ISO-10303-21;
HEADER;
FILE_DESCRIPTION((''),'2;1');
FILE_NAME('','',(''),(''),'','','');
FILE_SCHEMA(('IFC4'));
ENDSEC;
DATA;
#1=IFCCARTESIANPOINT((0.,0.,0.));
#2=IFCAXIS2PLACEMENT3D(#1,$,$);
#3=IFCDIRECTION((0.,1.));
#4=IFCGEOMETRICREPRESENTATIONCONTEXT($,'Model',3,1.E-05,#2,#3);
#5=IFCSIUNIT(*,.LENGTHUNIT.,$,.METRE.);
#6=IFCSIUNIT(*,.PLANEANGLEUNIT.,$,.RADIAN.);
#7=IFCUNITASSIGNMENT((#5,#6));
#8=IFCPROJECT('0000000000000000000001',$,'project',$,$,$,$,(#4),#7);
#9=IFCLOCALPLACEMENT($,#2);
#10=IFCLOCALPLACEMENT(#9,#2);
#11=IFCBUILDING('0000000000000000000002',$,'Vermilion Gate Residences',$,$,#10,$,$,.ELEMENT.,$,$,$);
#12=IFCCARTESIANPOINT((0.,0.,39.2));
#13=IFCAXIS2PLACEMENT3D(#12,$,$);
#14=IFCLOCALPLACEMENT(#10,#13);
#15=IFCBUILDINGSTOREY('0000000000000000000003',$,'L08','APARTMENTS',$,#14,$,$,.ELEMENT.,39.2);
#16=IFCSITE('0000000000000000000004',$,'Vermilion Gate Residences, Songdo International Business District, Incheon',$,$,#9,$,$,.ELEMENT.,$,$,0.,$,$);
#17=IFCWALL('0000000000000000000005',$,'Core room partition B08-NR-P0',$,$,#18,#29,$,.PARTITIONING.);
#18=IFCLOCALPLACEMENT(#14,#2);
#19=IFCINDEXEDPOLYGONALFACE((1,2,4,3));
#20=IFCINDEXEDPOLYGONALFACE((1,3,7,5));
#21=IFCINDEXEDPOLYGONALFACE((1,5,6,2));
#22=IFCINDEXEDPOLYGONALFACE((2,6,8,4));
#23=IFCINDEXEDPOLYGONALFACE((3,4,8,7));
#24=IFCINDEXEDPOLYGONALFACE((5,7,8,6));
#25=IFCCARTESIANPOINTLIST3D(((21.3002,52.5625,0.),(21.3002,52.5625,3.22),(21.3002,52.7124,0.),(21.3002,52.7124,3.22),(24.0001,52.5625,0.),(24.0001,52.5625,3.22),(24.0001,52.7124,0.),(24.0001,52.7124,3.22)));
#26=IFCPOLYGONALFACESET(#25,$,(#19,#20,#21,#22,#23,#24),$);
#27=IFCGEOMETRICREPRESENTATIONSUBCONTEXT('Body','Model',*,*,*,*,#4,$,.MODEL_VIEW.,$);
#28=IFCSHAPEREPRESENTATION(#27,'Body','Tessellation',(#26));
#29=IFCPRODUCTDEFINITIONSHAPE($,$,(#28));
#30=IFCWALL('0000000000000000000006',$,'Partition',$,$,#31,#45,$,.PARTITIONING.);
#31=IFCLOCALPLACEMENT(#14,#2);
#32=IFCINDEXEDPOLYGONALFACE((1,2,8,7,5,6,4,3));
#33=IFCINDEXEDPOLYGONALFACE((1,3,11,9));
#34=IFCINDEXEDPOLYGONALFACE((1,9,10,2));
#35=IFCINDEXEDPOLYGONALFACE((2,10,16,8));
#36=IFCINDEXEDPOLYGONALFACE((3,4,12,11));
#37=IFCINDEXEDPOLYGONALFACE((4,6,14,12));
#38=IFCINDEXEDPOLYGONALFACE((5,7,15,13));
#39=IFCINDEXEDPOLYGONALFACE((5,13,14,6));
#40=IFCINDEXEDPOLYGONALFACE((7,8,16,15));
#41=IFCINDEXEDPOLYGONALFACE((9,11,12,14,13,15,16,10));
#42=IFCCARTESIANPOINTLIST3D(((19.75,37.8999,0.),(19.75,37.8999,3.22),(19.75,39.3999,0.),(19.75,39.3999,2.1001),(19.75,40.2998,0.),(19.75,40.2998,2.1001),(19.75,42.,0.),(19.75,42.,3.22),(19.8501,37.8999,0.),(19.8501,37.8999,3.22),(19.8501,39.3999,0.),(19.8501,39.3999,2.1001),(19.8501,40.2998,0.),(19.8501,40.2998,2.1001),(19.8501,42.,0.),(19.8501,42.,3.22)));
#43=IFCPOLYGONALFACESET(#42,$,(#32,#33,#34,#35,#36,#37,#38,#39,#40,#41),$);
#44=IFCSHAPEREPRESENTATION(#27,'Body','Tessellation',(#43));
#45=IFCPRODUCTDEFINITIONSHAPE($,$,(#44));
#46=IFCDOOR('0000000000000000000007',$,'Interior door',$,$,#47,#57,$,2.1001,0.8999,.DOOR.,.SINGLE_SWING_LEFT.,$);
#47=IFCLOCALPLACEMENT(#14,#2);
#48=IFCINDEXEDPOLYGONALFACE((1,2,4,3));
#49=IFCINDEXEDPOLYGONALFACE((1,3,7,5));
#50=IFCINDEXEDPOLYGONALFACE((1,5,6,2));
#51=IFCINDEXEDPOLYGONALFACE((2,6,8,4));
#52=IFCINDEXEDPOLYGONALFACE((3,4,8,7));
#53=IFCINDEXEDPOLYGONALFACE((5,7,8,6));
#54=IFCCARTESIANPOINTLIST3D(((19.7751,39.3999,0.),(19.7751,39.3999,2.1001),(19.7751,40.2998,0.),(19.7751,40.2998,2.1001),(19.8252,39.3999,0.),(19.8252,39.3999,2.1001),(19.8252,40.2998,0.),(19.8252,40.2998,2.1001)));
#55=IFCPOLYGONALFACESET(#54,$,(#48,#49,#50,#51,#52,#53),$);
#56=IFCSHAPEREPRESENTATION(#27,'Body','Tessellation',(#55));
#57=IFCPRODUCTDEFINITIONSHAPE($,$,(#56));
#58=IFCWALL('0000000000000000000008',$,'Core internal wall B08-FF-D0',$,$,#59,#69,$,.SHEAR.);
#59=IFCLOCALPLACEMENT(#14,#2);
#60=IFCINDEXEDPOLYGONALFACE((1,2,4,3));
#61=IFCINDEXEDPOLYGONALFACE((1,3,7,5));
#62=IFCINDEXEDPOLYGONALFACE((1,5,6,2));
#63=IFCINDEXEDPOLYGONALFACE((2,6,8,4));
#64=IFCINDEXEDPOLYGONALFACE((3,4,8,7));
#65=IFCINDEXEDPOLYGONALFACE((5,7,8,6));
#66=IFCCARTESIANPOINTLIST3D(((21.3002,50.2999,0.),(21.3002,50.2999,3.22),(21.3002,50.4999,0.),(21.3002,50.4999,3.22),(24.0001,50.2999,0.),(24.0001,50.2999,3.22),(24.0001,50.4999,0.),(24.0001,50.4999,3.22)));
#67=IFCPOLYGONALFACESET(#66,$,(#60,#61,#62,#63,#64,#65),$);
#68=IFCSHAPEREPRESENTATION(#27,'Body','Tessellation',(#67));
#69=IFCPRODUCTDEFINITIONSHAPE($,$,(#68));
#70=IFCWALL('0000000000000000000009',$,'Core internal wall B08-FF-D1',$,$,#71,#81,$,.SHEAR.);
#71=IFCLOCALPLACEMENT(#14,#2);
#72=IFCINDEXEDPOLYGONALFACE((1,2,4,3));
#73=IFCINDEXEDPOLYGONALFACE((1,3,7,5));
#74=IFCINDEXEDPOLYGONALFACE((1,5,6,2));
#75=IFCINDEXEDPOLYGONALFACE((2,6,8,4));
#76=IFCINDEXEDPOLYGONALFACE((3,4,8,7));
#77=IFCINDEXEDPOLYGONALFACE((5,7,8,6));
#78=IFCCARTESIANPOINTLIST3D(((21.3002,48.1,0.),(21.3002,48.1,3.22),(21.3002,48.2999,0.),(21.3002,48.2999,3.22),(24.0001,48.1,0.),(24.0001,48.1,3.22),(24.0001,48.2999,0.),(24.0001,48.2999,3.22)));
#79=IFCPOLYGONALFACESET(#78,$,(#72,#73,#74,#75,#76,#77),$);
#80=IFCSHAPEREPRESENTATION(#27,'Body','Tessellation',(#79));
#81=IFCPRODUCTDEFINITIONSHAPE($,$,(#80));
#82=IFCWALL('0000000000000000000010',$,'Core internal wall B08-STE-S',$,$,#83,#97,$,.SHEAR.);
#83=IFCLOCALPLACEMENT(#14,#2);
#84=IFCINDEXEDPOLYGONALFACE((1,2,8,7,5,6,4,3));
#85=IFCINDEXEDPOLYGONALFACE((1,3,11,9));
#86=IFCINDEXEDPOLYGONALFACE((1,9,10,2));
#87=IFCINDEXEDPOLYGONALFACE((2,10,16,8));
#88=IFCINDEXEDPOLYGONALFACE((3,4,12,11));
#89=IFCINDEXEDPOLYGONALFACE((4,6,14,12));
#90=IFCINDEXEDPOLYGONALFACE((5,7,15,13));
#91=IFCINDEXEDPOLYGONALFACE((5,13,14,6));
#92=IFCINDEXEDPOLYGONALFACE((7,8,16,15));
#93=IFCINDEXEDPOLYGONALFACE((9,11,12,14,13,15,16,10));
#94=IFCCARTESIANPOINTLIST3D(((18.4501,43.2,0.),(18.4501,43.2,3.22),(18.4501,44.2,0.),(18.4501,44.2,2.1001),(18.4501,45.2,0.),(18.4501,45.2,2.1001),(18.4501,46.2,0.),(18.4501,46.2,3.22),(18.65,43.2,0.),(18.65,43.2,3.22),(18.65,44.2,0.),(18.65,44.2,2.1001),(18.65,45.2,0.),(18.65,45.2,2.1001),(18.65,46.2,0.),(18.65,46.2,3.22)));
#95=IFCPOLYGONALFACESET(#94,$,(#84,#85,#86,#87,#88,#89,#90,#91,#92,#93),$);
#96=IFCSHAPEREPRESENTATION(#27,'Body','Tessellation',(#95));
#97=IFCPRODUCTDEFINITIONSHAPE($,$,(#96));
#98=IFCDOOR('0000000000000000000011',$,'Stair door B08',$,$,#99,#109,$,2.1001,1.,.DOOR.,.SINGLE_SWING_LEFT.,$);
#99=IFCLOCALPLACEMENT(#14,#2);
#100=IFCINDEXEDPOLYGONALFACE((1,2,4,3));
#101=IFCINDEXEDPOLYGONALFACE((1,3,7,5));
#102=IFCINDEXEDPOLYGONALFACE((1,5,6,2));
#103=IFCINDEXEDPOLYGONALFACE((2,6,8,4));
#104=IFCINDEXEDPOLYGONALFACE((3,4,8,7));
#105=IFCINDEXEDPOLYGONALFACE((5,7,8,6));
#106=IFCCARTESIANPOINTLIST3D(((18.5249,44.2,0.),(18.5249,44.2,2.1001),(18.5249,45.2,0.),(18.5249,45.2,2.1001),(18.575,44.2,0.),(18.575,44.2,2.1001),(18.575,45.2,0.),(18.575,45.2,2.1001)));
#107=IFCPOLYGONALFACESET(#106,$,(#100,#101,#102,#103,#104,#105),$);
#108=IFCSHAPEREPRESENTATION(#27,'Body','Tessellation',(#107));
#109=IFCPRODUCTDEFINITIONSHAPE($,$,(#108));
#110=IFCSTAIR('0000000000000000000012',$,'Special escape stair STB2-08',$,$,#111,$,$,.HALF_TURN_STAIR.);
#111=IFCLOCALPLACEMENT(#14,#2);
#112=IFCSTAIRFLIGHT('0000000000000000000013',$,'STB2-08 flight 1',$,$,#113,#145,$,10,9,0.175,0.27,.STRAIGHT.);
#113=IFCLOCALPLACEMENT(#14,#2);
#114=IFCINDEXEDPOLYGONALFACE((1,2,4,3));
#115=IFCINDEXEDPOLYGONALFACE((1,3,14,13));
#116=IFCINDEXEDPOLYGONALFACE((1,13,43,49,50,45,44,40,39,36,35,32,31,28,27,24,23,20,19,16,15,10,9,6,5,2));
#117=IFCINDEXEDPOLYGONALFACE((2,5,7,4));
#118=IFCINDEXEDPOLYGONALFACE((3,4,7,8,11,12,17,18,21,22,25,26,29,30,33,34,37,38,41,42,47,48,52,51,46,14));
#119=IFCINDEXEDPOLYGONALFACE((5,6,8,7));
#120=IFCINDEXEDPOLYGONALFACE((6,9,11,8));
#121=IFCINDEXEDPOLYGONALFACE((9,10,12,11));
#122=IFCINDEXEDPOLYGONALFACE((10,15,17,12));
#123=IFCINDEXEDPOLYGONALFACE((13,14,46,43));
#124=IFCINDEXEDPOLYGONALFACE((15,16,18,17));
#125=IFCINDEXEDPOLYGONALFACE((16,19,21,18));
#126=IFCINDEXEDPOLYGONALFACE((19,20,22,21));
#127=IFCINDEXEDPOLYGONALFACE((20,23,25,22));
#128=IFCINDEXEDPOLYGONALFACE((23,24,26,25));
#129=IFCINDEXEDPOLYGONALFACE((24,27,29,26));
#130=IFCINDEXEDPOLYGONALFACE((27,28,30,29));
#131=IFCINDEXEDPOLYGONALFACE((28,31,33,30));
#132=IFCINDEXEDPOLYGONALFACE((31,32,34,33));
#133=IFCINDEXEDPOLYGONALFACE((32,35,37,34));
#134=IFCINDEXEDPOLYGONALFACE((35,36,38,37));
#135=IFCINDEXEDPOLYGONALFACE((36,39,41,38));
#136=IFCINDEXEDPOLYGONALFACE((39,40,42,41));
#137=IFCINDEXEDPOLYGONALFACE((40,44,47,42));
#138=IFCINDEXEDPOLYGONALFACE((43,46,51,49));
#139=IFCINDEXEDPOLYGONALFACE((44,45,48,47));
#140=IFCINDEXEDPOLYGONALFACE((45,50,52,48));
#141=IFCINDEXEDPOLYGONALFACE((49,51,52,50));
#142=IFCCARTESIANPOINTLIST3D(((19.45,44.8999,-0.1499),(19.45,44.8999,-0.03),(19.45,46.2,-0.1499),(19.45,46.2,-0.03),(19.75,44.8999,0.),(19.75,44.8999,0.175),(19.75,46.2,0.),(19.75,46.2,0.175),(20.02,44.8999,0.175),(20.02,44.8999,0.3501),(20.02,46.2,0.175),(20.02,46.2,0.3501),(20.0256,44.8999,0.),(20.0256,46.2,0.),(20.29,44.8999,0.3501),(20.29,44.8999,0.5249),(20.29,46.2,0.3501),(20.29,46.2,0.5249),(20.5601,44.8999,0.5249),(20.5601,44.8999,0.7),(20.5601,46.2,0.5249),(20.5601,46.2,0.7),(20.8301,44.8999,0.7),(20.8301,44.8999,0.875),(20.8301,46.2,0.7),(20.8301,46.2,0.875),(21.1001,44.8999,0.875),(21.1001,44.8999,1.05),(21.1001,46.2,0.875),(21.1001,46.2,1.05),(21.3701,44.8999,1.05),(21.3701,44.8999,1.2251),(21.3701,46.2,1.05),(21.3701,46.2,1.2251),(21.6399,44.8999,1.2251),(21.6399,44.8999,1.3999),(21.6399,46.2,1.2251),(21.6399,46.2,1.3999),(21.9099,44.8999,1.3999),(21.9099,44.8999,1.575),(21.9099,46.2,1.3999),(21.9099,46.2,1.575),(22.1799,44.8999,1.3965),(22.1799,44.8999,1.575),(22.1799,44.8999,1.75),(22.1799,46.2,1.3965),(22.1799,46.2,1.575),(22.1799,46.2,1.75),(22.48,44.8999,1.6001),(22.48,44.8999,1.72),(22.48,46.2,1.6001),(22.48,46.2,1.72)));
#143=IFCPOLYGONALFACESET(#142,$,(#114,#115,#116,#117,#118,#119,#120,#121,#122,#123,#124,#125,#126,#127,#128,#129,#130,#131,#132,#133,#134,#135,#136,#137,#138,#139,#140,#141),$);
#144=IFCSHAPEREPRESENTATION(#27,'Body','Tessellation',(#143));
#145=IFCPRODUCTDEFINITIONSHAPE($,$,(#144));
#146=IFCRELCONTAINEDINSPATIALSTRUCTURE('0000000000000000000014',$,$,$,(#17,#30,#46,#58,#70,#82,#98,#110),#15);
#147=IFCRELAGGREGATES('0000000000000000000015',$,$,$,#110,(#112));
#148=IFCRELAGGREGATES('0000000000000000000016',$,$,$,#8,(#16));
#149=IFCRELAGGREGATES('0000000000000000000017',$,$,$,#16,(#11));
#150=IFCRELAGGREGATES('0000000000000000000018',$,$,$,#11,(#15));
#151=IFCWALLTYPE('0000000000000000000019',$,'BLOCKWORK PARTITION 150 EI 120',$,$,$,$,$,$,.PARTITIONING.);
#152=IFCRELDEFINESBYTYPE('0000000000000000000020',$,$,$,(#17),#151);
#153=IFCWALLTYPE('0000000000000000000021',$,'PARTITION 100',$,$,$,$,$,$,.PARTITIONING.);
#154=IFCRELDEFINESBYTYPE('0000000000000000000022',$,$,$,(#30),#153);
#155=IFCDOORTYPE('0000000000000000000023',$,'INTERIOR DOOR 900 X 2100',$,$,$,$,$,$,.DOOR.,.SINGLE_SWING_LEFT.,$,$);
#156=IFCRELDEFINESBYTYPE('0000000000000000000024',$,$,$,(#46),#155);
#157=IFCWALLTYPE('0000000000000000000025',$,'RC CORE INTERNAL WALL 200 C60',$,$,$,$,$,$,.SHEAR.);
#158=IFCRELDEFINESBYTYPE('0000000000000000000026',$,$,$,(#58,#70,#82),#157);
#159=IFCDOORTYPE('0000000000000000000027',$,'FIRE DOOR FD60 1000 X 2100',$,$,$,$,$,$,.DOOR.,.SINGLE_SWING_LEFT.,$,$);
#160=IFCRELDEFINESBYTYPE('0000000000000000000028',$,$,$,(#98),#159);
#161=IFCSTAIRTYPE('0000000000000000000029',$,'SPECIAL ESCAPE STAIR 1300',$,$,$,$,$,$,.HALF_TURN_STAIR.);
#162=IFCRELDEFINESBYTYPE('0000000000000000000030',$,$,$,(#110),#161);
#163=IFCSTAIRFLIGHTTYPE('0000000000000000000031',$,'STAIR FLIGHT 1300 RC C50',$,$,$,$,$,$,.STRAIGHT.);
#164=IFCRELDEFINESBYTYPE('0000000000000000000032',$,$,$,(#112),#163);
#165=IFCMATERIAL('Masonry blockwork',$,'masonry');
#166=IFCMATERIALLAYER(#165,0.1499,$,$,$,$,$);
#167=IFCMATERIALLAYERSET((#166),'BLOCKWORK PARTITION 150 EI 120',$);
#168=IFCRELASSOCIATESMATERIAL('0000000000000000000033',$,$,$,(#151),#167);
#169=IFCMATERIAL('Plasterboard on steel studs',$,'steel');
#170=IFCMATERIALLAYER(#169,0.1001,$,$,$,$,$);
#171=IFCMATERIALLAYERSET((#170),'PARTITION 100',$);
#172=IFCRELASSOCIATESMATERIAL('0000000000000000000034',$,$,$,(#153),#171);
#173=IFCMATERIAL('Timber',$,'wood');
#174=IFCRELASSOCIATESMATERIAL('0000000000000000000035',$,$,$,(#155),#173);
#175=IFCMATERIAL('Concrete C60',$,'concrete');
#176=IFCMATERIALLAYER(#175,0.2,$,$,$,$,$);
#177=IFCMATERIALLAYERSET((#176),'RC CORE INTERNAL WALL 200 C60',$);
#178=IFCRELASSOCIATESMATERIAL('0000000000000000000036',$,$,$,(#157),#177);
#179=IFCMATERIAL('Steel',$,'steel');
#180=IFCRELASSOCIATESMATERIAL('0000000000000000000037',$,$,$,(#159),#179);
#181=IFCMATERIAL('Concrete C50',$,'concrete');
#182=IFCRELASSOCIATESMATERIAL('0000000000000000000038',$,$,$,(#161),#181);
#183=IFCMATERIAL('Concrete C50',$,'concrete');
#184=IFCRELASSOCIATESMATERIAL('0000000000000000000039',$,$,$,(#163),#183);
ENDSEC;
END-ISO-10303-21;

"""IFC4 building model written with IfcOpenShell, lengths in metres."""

from ifc_helpers import new_model, si_unit, direction, frame, frame_2d, origin, place, context, subcontext, project, spatial, polyline, rectangle, outline, extrude, material, layer, layer_set, type_object, element, fill, aggregate, save


model = new_model("IFC4")

# Units and contexts
model_context = context("Model", 3, precision=1e-05, world=origin(), true_north=direction((0.0, 1.0)))
body_context = subcontext(model_context, "Body", "Model", "MODEL_VIEW")
ifc_project = project(units=[si_unit("LENGTHUNIT", "METRE"), si_unit("PLANEANGLEUNIT", "RADIAN")], contexts=[model_context])

# Site, building, storey
site_placement = place(None, origin())
site = spatial("IfcSite", under=ifc_project, at=site_placement, Name="Vermilion Gate Residences, Songdo International Business District, Incheon", CompositionType="ELEMENT", RefElevation=0.0)
building_placement = place(site_placement, origin())
building = spatial("IfcBuilding", under=site, at=building_placement, Name="Vermilion Gate Residences", CompositionType="ELEMENT")
storey_placement = place(building_placement, frame((0.0, 0.0, 39.2)))
storey = spatial("IfcBuildingStorey", under=building, at=storey_placement, Name="L08", Description="APARTMENTS", CompositionType="ELEMENT", Elevation=39.2)

# Wall
ifc_material_1 = material(Name="Masonry blockwork", Category="masonry")
ifc_layer_1 = layer(ifc_material_1, 0.1499)
ifc_layer_set_1 = layer_set([ifc_layer_1], Name="BLOCKWORK PARTITION 150 EI 120")
wall_type_1 = type_object("IfcWallType", Name="BLOCKWORK PARTITION 150 EI 120", PredefinedType="PARTITIONING", material=ifc_layer_set_1)
wall_1_placement = place(storey_placement, frame((21.3, 52.6375, 0.0), z_axis=(0.0, 0.0, 1.0), x_axis=(1.0, 0.0, 0.0)))
element("IfcWall", 1, at=wall_1_placement, inside=storey, type_object=wall_type_1, Name="Core room partition B08-NR-P0", PredefinedType="PARTITIONING", context=body_context, shape_type="SweptSolid", body=[
    extrude(rectangle(XDim=2.7, YDim=0.1499, at=frame_2d((1.3501, 0.0))), origin(), (0.0, 0.0, 1.0), 3.22),
])

# Wall, opening, door
ifc_material_2 = material(Name="Plasterboard on steel studs", Category="steel")
ifc_layer_2 = layer(ifc_material_2, 0.1001)
ifc_layer_set_2 = layer_set([ifc_layer_2], Name="PARTITION 100")
wall_type_2 = type_object("IfcWallType", Name="PARTITION 100", PredefinedType="PARTITIONING", material=ifc_layer_set_2)
wall_2_placement = place(storey_placement, frame((19.8, 37.8999, 0.0), z_axis=(0.0, 0.0, 1.0), x_axis=(0.0, 1.0, 0.0)))
wall_2 = element("IfcWall", 2, at=wall_2_placement, inside=storey, type_object=wall_type_2, Name="Partition", PredefinedType="PARTITIONING", context=body_context, shape_type="SweptSolid", body=[
    extrude(rectangle(XDim=4.1001, YDim=0.1001, at=frame_2d((2.05, 0.0))), origin(), (0.0, 0.0, 1.0), 3.22),
])
opening_1_placement = place(wall_2_placement, frame((1.5, 0.0, 0.0)))
opening_1 = element("IfcOpeningElement", 3, at=opening_1_placement, cuts=wall_2, PredefinedType="OPENING", context=body_context, shape_type="SweptSolid", body=[
    extrude(rectangle(XDim=0.8999, YDim=2.1001, at=frame_2d((0.45, 1.05))), frame((0.0, 0.0601, 0.0), z_axis=(0.0, -1.0, 0.0), x_axis=(1.0, 0.0, 0.0)), (0.0, 0.0, 1.0), 0.1201),
])
ifc_material_3 = material(Name="Timber", Category="wood")
door_type_1 = type_object("IfcDoorType", Name="INTERIOR DOOR 900 X 2100", OperationType="SINGLE_SWING_LEFT", PredefinedType="DOOR", material=ifc_material_3)
door_1_placement = place(opening_1_placement, origin())
door_1 = element("IfcDoor", 4, at=door_1_placement, inside=storey, type_object=door_type_1, Name="Interior door", OperationType="SINGLE_SWING_LEFT", OverallHeight=2.1001, OverallWidth=0.8999, PredefinedType="DOOR", context=body_context, shape_type="SweptSolid", body=[
    extrude(rectangle(XDim=0.8999, YDim=2.1001, at=frame_2d((0.45, 1.05))), frame((0.0, 0.0249, 0.0), z_axis=(0.0, -1.0, 0.0), x_axis=(1.0, 0.0, 0.0)), (0.0, 0.0, 1.0), 0.05),
])
fill(opening_1, door_1)

# Walls
ifc_material_4 = material(Name="Concrete C60", Category="concrete")
ifc_layer_3 = layer(ifc_material_4, 0.2)
ifc_layer_set_3 = layer_set([ifc_layer_3], Name="RC CORE INTERNAL WALL 200 C60")
wall_type_3 = type_object("IfcWallType", Name="RC CORE INTERNAL WALL 200 C60", PredefinedType="SHEAR", material=ifc_layer_set_3)
for number, where, z_axis, x_axis, name in (
    (5, (21.3, 50.3999, 0.0), (0.0, 0.0, 1.0), (1.0, 0.0, 0.0), "Core internal wall B08-FF-D0"),
    (6, (21.3, 48.2, 0.0), (0.0, 0.0, 1.0), (1.0, 0.0, 0.0), "Core internal wall B08-FF-D1"),
):
    element("IfcWall", number, at=place(storey_placement, frame(where, z_axis=z_axis, x_axis=x_axis)), inside=storey, type_object=wall_type_3, Name=name, PredefinedType="SHEAR", context=body_context, shape_type="SweptSolid", body=[
        extrude(rectangle(XDim=2.7, YDim=0.2, at=frame_2d((1.3501, 0.0))), origin(), (0.0, 0.0, 1.0), 3.22),
    ])

# Wall, opening, door
wall_3_placement = place(storey_placement, frame((18.55, 46.2, 0.0), z_axis=(0.0, 0.0, 1.0), x_axis=(0.0, -1.0, 0.0)))
wall_3 = element("IfcWall", 7, at=wall_3_placement, inside=storey, type_object=wall_type_3, Name="Core internal wall B08-STE-S", PredefinedType="SHEAR", context=body_context, shape_type="SweptSolid", body=[
    extrude(rectangle(XDim=3.0, YDim=0.2, at=frame_2d((1.5, 0.0))), origin(), (0.0, 0.0, 1.0), 3.22),
])
opening_2_placement = place(wall_3_placement, frame((1.0, 0.0, 0.0)))
opening_2 = element("IfcOpeningElement", 8, at=opening_2_placement, cuts=wall_3, PredefinedType="OPENING", context=body_context, shape_type="SweptSolid", body=[
    extrude(rectangle(XDim=1.0, YDim=2.1001, at=frame_2d((0.5, 1.05))), frame((0.0, 0.1099, 0.0), z_axis=(0.0, -1.0, 0.0), x_axis=(1.0, 0.0, 0.0)), (0.0, 0.0, 1.0), 0.22),
])
ifc_material_5 = material(Name="Steel", Category="steel")
door_type_2 = type_object("IfcDoorType", Name="FIRE DOOR FD60 1000 X 2100", OperationType="SINGLE_SWING_LEFT", PredefinedType="DOOR", material=ifc_material_5)
door_2_placement = place(opening_2_placement, origin())
door_2 = element("IfcDoor", 9, at=door_2_placement, inside=storey, type_object=door_type_2, Name="Stair door B08", OperationType="SINGLE_SWING_LEFT", OverallHeight=2.1001, OverallWidth=1.0, PredefinedType="DOOR", context=body_context, shape_type="SweptSolid", body=[
    extrude(rectangle(XDim=1.0, YDim=2.1001, at=frame_2d((0.5, 1.05))), frame((0.0, 0.0249, 0.0), z_axis=(0.0, -1.0, 0.0), x_axis=(1.0, 0.0, 0.0)), (0.0, 0.0, 1.0), 0.05),
])
fill(opening_2, door_2)

# Stair, stair flight
ifc_material_6 = material(Name="Concrete C50", Category="concrete")
stair_type = type_object("IfcStairType", Name="SPECIAL ESCAPE STAIR 1300", PredefinedType="HALF_TURN_STAIR", material=ifc_material_6)
stair_placement = place(storey_placement, origin())
stair = element("IfcStair", 10, at=stair_placement, inside=storey, type_object=stair_type, Name="Special escape stair STB2-08", PredefinedType="HALF_TURN_STAIR")
ifc_material_7 = material(Name="Concrete C50", Category="concrete")
stair_flight_type = type_object("IfcStairFlightType", Name="STAIR FLIGHT 1300 RC C50", PredefinedType="STRAIGHT", material=ifc_material_7)
stair_flight_1_placement = place(storey_placement, frame((19.75, 45.55, 0.0), z_axis=(0.0, 0.0, 1.0), x_axis=(1.0, 0.0, 0.0)))
stair_flight_1 = element("IfcStairFlight", 11, at=stair_flight_1_placement, type_object=stair_flight_type, Name="STB2-08 flight 1", NumberOfRisers=10, NumberOfTreads=9, PredefinedType="STRAIGHT", RiserHeight=0.175, TreadLength=0.27, context=body_context, shape_type="SweptSolid", body=[
    extrude(outline(polyline([(-0.3, -0.1499), (-0.3, -0.03), (0.0, 0.0), (0.0, 0.175), (0.27, 0.175), (0.27, 0.3501), (0.54, 0.3501), (0.54, 0.5249), (0.8101, 0.5249), (0.8101, 0.7), (1.0801, 0.7), (1.0801, 0.875), (1.3501, 0.875), (1.3501, 1.05), (1.6201, 1.05), (1.6201, 1.2251), (1.8899, 1.2251), (1.8899, 1.3999), (2.1599, 1.3999), (2.1599, 1.575), (2.4299, 1.575), (2.4299, 1.75), (2.73, 1.72), (2.73, 1.6001), (2.4299, 1.3965), (0.2756, 0.0), (-0.3, -0.1499)])), frame((0.0, 0.6499, 0.0), z_axis=(0.0, -1.0, 0.0), x_axis=(1.0, 0.0, 0.0)), (0.0, 0.0, 1.0), 1.3),
])
aggregate(stair, [stair_flight_1])

save(model, "model.ifc")
